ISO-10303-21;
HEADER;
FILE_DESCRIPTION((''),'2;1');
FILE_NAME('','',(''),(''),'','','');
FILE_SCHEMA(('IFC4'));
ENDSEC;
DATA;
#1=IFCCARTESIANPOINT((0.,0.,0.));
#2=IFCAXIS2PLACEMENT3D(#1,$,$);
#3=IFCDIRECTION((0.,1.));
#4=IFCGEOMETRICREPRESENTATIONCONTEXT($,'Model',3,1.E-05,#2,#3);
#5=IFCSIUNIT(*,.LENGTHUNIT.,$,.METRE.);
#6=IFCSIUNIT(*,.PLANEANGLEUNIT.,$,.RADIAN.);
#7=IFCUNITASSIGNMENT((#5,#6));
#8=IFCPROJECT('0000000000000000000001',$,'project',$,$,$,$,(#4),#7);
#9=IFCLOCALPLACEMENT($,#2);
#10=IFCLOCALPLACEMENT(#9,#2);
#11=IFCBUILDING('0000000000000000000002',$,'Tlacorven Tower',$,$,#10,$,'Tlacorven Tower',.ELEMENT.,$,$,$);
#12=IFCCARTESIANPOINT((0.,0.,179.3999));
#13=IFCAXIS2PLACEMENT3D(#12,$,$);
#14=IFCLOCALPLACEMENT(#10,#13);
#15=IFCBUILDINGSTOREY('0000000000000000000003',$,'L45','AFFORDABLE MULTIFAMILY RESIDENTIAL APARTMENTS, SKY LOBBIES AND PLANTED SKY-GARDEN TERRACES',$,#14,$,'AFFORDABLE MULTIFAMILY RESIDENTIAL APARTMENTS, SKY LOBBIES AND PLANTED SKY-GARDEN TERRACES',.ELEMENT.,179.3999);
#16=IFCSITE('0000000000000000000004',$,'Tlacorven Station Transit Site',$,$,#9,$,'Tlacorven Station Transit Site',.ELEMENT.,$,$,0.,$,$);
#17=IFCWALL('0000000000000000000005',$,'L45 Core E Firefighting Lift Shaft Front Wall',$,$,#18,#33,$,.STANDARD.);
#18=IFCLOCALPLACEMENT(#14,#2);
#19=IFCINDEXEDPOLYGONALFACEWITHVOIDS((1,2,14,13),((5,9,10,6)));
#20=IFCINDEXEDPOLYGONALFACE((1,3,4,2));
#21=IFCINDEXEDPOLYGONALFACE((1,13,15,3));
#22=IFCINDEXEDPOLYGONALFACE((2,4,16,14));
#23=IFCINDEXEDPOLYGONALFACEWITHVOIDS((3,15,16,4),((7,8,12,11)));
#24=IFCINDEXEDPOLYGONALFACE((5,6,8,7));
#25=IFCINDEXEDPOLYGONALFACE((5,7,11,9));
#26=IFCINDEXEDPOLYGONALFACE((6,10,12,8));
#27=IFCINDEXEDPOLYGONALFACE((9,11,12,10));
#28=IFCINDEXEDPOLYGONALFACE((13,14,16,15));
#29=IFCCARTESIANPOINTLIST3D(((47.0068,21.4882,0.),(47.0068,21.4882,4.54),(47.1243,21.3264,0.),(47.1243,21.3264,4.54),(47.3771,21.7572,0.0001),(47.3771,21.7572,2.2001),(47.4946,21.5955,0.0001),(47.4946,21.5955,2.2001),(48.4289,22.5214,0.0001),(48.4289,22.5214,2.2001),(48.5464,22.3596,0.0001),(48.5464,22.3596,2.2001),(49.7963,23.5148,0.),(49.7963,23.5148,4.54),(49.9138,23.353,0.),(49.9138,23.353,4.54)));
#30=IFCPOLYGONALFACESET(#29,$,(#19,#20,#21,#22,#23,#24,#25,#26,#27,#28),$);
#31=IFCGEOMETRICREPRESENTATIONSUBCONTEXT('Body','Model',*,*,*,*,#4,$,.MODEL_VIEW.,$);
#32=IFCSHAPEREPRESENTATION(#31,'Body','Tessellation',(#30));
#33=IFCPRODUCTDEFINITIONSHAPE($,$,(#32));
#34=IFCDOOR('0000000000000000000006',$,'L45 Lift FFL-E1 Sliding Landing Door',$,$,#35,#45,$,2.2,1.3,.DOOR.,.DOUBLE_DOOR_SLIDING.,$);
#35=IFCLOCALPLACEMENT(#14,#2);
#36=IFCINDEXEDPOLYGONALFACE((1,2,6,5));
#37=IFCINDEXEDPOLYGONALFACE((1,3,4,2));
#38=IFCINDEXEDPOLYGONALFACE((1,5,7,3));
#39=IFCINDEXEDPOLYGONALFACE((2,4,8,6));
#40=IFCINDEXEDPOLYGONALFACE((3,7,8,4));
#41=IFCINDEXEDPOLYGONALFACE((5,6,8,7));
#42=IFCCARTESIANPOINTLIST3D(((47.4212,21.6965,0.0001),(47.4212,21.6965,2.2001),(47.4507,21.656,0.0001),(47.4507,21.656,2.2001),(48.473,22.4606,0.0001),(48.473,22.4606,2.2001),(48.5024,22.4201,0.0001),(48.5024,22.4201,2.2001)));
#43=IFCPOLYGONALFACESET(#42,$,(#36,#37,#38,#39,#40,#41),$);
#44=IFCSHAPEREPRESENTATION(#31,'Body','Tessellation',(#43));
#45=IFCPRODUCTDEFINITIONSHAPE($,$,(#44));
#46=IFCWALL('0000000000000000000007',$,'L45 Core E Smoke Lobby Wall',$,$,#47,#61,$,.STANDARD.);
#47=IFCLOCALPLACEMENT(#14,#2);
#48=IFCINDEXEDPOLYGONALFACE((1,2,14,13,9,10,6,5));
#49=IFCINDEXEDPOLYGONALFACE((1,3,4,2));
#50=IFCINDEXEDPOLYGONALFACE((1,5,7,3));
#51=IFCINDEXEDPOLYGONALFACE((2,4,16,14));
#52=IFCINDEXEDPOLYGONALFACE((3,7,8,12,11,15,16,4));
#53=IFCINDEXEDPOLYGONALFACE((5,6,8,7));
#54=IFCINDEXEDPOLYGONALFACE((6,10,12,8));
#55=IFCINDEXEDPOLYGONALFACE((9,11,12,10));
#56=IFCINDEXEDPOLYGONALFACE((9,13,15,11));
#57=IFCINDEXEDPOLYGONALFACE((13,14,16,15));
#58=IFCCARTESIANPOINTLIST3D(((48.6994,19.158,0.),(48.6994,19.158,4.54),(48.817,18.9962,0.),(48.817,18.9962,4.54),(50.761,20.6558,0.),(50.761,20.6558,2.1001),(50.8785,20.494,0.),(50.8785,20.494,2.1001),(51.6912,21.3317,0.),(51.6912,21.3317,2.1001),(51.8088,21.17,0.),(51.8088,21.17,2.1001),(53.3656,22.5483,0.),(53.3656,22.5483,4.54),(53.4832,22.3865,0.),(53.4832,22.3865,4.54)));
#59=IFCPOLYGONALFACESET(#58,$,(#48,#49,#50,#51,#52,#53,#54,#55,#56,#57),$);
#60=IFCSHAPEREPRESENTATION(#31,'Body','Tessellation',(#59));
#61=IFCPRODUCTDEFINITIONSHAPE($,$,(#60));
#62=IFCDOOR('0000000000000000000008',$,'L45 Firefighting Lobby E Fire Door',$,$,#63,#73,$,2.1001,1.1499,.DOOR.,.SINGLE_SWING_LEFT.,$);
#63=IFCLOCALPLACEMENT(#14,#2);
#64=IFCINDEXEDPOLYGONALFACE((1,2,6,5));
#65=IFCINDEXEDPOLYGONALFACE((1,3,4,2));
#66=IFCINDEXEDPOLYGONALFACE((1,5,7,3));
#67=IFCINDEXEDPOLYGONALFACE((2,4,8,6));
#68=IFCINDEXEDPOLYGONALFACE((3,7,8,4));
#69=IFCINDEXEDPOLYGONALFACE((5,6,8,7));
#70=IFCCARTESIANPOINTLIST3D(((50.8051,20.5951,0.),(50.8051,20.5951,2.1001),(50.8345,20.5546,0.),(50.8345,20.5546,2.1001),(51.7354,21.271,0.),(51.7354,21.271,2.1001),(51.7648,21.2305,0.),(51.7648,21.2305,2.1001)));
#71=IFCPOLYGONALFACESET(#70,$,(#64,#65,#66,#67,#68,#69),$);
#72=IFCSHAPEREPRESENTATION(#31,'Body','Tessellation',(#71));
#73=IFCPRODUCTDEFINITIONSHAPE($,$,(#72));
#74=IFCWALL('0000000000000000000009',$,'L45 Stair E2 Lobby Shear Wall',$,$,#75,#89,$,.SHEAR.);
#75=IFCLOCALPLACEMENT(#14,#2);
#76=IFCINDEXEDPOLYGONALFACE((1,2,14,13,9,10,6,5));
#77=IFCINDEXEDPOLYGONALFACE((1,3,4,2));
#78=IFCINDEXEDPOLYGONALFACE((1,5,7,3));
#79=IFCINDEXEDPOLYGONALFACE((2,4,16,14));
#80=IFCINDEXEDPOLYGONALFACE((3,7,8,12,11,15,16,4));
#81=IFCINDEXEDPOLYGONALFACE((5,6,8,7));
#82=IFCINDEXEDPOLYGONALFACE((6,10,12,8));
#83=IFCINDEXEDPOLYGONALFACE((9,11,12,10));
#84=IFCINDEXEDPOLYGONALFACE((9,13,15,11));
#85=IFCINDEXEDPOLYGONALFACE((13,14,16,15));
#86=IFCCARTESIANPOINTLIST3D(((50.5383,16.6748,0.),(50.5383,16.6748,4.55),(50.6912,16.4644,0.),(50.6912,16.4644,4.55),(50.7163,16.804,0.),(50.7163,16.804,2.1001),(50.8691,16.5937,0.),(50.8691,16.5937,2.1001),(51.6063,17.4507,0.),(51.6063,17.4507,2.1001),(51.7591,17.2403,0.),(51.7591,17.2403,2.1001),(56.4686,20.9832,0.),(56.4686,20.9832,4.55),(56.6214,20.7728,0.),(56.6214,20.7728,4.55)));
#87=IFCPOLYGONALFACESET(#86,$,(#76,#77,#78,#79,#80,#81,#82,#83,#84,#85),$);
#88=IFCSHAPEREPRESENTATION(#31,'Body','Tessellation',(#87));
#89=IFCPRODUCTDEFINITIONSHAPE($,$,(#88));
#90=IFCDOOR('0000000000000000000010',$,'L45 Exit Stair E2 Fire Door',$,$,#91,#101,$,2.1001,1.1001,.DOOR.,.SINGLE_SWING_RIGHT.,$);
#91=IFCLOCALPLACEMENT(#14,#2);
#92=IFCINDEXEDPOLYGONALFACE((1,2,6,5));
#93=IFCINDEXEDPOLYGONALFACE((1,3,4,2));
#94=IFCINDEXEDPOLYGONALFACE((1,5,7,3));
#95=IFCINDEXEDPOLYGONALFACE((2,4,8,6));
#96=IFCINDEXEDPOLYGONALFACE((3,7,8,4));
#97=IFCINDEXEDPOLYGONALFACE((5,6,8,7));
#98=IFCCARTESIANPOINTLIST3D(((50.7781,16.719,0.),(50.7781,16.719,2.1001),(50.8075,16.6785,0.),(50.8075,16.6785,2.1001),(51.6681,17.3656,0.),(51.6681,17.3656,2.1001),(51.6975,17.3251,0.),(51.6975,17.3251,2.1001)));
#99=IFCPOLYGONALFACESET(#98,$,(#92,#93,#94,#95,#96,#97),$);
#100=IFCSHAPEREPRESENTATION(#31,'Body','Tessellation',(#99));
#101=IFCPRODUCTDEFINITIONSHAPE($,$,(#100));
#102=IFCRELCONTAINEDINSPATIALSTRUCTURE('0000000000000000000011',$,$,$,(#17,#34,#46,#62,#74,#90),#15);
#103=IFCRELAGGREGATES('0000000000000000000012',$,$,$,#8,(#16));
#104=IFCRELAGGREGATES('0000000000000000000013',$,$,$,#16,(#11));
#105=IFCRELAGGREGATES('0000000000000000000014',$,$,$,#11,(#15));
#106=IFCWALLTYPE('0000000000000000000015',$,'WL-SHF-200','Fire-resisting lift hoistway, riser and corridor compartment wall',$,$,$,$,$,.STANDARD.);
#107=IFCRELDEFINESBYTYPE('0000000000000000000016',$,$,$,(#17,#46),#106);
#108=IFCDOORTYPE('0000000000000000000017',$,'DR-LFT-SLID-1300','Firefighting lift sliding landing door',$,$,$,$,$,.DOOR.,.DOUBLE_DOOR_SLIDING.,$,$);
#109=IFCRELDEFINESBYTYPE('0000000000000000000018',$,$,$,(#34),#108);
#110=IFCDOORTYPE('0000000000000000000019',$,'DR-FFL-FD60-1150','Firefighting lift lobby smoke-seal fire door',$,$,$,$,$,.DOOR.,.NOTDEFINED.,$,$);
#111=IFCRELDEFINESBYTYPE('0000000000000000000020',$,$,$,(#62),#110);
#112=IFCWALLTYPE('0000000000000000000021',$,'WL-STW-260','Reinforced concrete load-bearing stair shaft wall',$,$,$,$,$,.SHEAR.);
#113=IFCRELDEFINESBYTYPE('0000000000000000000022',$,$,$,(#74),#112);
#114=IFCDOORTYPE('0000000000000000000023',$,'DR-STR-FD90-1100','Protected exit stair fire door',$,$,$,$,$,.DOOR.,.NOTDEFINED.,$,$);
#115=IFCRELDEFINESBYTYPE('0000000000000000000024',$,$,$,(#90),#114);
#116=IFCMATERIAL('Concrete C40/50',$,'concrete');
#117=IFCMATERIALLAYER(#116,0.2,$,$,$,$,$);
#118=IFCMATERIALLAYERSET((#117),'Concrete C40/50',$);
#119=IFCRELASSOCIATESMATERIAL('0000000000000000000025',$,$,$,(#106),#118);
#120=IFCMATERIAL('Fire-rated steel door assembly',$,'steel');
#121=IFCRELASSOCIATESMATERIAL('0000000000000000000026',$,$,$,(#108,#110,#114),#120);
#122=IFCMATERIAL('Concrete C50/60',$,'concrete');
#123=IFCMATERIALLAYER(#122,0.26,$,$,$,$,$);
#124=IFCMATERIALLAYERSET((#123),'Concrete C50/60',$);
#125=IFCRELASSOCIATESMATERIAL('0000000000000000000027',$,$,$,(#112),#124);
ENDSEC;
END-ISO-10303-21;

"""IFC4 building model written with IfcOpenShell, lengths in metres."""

from ifc_helpers import new_model, si_unit, direction, frame, frame_2d, origin, place, context, subcontext, project, spatial, rectangle, extrude, source, transform, mapped, material, layer, layer_set, type_object, element, fill, save


model = new_model("IFC4")

# Units and contexts
model_context = context("Model", 3, precision=1e-05, world=origin(), true_north=direction((0.0, 1.0)))
body_context = subcontext(model_context, "Body", "Model", "MODEL_VIEW")
ifc_project = project(units=[si_unit("LENGTHUNIT", "METRE"), si_unit("PLANEANGLEUNIT", "RADIAN")], contexts=[model_context])

# Site, building, storey
site_placement = place(None, origin())
site = spatial("IfcSite", under=ifc_project, at=site_placement, Name="Tlacorven Station Transit Site", LongName="Tlacorven Station Transit Site", CompositionType="ELEMENT", RefElevation=0.0)
building_placement = place(site_placement, origin())
building = spatial("IfcBuilding", under=site, at=building_placement, Name="Tlacorven Tower", LongName="Tlacorven Tower", CompositionType="ELEMENT")
storey_placement = place(building_placement, frame((0.0, 0.0, 179.3999)))
storey = spatial("IfcBuildingStorey", under=building, at=storey_placement, Name="L45", Description="AFFORDABLE MULTIFAMILY RESIDENTIAL APARTMENTS, SKY LOBBIES AND PLANTED SKY-GARDEN TERRACES", LongName="AFFORDABLE MULTIFAMILY RESIDENTIAL APARTMENTS, SKY LOBBIES AND PLANTED SKY-GARDEN TERRACES", CompositionType="ELEMENT", Elevation=179.3999)

# Walls, openings, doors
ifc_material_1 = material(Name="Concrete C40/50", Category="concrete")
ifc_layer_1 = layer(ifc_material_1, 0.2)
ifc_layer_set_1 = layer_set([ifc_layer_1], Name="Concrete C40/50")
wall_type_1 = type_object("IfcWallType", Name="WL-SHF-200", Description="Fire-resisting lift hoistway, riser and corridor compartment wall", PredefinedType="STANDARD", material=ifc_layer_set_1)
wall_1_placement = place(storey_placement, frame((47.0654, 21.4072, 0.0), z_axis=(0.0, 0.0, 1.0), x_axis=(0.809033, 0.587763, 0.0)))
wall_1 = element("IfcWall", 1, at=wall_1_placement, inside=storey, type_object=wall_type_1, Name="L45 Core E Firefighting Lift Shaft Front Wall", PredefinedType="STANDARD", context=body_context, shape_type="SweptSolid", body=[
    extrude(rectangle(XDim=3.448, YDim=0.2, at=frame_2d((1.7241, 0.0))), origin(), (0.0, 0.0, 1.0), 4.54),
])
opening_1_placement = place(wall_1_placement, frame((0.458, 0.0, 0.0)))
opening_1 = element("IfcOpeningElement", 2, at=opening_1_placement, cuts=wall_1, PredefinedType="OPENING", context=body_context, shape_type="SweptSolid", body=[
    extrude(rectangle(XDim=1.3, YDim=2.2, at=frame_2d((0.6499, 1.1001))), frame((0.0, 0.1099, 0.0), z_axis=(0.0, -1.0, 0.0), x_axis=(1.0, 0.0, 0.0)), (0.0, 0.0, 1.0), 0.22),
])
ifc_material_2 = material(Name="Fire-rated steel door assembly", Category="steel")
door_type_1 = type_object("IfcDoorType", Name="DR-LFT-SLID-1300", Description="Firefighting lift sliding landing door", OperationType="DOUBLE_DOOR_SLIDING", PredefinedType="DOOR", material=ifc_material_2)
shared_shape_1 = source(origin(), body_context, "Body", "SweptSolid", [
    extrude(rectangle(XDim=1.3, YDim=2.2, at=frame_2d((0.6499, 1.1001))), frame((0.0, 0.0249, 0.0), z_axis=(0.0, -1.0, 0.0), x_axis=(1.0, 0.0, 0.0)), (0.0, 0.0, 1.0), 0.05),
])
door_1_placement = place(opening_1_placement, origin())
door_1 = element("IfcDoor", 3, at=door_1_placement, inside=storey, type_object=door_type_1, Name="L45 Lift FFL-E1 Sliding Landing Door", OperationType="DOUBLE_DOOR_SLIDING", OverallHeight=2.2, OverallWidth=1.3, PredefinedType="DOOR", context=body_context, shape_type="MappedRepresentation", body=[
    mapped(shared_shape_1, transform((0.0, 0.0, 0.0), scale=1.0)),
])
fill(opening_1, door_1)
wall_2_placement = place(storey_placement, frame((48.7583, 19.0771, 0.0), z_axis=(0.0, 0.0, 1.0), x_axis=(0.809005, 0.587802, 0.0)))
wall_2 = element("IfcWall", 4, at=wall_2_placement, inside=storey, type_object=wall_type_1, Name="L45 Core E Smoke Lobby Wall", PredefinedType="STANDARD", context=body_context, shape_type="SweptSolid", body=[
    extrude(rectangle(XDim=5.7678, YDim=0.2, at=frame_2d((2.8838, 0.0))), origin(), (0.0, 0.0, 1.0), 4.54),
])
opening_2_placement = place(wall_2_placement, frame((2.5481, 0.0, 0.0)))
opening_2 = element("IfcOpeningElement", 5, at=opening_2_placement, cuts=wall_2, PredefinedType="OPENING", context=body_context, shape_type="SweptSolid", body=[
    extrude(rectangle(XDim=1.1499, YDim=2.1001, at=frame_2d((0.575, 1.05))), frame((0.0, 0.1099, 0.0), z_axis=(0.0, -1.0, 0.0), x_axis=(1.0, 0.0, 0.0)), (0.0, 0.0, 1.0), 0.22),
])
door_type_2 = type_object("IfcDoorType", Name="DR-FFL-FD60-1150", Description="Firefighting lift lobby smoke-seal fire door", OperationType="NOTDEFINED", PredefinedType="DOOR", material=ifc_material_2)
shared_shape_2 = source(origin(), body_context, "Body", "SweptSolid", [
    extrude(rectangle(XDim=1.1499, YDim=2.1001, at=frame_2d((0.575, 1.05))), frame((0.0, 0.0249, 0.0), z_axis=(0.0, -1.0, 0.0), x_axis=(1.0, 0.0, 0.0)), (0.0, 0.0, 1.0), 0.05),
])
door_2_placement = place(opening_2_placement, origin())
door_2 = element("IfcDoor", 6, at=door_2_placement, inside=storey, type_object=door_type_2, Name="L45 Firefighting Lobby E Fire Door", OperationType="SINGLE_SWING_LEFT", OverallHeight=2.1001, OverallWidth=1.1499, PredefinedType="DOOR", context=body_context, shape_type="MappedRepresentation", body=[
    mapped(shared_shape_2, transform((0.0, 0.0, 0.0), scale=1.0)),
])
fill(opening_2, door_2)
ifc_material_3 = material(Name="Concrete C50/60", Category="concrete")
ifc_layer_2 = layer(ifc_material_3, 0.26)
ifc_layer_set_2 = layer_set([ifc_layer_2], Name="Concrete C50/60")
wall_type_2 = type_object("IfcWallType", Name="WL-STW-260", Description="Reinforced concrete load-bearing stair shaft wall", PredefinedType="SHEAR", material=ifc_layer_set_2)
wall_3_placement = place(storey_placement, frame((50.6147, 16.5696, 0.0), z_axis=(0.0, 0.0, 1.0), x_axis=(0.809028, 0.58777, 0.0)))
wall_3 = element("IfcWall", 7, at=wall_3_placement, inside=storey, type_object=wall_type_2, Name="L45 Stair E2 Lobby Shear Wall", PredefinedType="SHEAR", context=body_context, shape_type="SweptSolid", body=[
    extrude(rectangle(XDim=7.3301, YDim=0.26, at=frame_2d((3.665, 0.0))), origin(), (0.0, 0.0, 1.0), 4.55),
])
opening_3_placement = place(wall_3_placement, frame((0.22, 0.0, 0.0)))
opening_3 = element("IfcOpeningElement", 8, at=opening_3_placement, cuts=wall_3, PredefinedType="OPENING", context=body_context, shape_type="SweptSolid", body=[
    extrude(rectangle(XDim=1.1001, YDim=2.1001, at=frame_2d((0.55, 1.05))), frame((0.0, 0.1401, 0.0), z_axis=(0.0, -1.0, 0.0), x_axis=(1.0, 0.0, 0.0)), (0.0, 0.0, 1.0), 0.28),
])
door_type_3 = type_object("IfcDoorType", Name="DR-STR-FD90-1100", Description="Protected exit stair fire door", OperationType="NOTDEFINED", PredefinedType="DOOR", material=ifc_material_2)
shared_shape_3 = source(origin(), body_context, "Body", "SweptSolid", [
    extrude(rectangle(XDim=1.1001, YDim=2.1001, at=frame_2d((0.55, 1.05))), frame((0.0, 0.0249, 0.0), z_axis=(0.0, -1.0, 0.0), x_axis=(1.0, 0.0, 0.0)), (0.0, 0.0, 1.0), 0.05),
])
door_3_placement = place(opening_3_placement, origin())
door_3 = element("IfcDoor", 9, at=door_3_placement, inside=storey, type_object=door_type_3, Name="L45 Exit Stair E2 Fire Door", OperationType="SINGLE_SWING_RIGHT", OverallHeight=2.1001, OverallWidth=1.1001, PredefinedType="DOOR", context=body_context, shape_type="MappedRepresentation", body=[
    mapped(shared_shape_3, transform((0.0, 0.0, 0.0), scale=1.0)),
])
fill(opening_3, door_3)

save(model, "model.ifc")
